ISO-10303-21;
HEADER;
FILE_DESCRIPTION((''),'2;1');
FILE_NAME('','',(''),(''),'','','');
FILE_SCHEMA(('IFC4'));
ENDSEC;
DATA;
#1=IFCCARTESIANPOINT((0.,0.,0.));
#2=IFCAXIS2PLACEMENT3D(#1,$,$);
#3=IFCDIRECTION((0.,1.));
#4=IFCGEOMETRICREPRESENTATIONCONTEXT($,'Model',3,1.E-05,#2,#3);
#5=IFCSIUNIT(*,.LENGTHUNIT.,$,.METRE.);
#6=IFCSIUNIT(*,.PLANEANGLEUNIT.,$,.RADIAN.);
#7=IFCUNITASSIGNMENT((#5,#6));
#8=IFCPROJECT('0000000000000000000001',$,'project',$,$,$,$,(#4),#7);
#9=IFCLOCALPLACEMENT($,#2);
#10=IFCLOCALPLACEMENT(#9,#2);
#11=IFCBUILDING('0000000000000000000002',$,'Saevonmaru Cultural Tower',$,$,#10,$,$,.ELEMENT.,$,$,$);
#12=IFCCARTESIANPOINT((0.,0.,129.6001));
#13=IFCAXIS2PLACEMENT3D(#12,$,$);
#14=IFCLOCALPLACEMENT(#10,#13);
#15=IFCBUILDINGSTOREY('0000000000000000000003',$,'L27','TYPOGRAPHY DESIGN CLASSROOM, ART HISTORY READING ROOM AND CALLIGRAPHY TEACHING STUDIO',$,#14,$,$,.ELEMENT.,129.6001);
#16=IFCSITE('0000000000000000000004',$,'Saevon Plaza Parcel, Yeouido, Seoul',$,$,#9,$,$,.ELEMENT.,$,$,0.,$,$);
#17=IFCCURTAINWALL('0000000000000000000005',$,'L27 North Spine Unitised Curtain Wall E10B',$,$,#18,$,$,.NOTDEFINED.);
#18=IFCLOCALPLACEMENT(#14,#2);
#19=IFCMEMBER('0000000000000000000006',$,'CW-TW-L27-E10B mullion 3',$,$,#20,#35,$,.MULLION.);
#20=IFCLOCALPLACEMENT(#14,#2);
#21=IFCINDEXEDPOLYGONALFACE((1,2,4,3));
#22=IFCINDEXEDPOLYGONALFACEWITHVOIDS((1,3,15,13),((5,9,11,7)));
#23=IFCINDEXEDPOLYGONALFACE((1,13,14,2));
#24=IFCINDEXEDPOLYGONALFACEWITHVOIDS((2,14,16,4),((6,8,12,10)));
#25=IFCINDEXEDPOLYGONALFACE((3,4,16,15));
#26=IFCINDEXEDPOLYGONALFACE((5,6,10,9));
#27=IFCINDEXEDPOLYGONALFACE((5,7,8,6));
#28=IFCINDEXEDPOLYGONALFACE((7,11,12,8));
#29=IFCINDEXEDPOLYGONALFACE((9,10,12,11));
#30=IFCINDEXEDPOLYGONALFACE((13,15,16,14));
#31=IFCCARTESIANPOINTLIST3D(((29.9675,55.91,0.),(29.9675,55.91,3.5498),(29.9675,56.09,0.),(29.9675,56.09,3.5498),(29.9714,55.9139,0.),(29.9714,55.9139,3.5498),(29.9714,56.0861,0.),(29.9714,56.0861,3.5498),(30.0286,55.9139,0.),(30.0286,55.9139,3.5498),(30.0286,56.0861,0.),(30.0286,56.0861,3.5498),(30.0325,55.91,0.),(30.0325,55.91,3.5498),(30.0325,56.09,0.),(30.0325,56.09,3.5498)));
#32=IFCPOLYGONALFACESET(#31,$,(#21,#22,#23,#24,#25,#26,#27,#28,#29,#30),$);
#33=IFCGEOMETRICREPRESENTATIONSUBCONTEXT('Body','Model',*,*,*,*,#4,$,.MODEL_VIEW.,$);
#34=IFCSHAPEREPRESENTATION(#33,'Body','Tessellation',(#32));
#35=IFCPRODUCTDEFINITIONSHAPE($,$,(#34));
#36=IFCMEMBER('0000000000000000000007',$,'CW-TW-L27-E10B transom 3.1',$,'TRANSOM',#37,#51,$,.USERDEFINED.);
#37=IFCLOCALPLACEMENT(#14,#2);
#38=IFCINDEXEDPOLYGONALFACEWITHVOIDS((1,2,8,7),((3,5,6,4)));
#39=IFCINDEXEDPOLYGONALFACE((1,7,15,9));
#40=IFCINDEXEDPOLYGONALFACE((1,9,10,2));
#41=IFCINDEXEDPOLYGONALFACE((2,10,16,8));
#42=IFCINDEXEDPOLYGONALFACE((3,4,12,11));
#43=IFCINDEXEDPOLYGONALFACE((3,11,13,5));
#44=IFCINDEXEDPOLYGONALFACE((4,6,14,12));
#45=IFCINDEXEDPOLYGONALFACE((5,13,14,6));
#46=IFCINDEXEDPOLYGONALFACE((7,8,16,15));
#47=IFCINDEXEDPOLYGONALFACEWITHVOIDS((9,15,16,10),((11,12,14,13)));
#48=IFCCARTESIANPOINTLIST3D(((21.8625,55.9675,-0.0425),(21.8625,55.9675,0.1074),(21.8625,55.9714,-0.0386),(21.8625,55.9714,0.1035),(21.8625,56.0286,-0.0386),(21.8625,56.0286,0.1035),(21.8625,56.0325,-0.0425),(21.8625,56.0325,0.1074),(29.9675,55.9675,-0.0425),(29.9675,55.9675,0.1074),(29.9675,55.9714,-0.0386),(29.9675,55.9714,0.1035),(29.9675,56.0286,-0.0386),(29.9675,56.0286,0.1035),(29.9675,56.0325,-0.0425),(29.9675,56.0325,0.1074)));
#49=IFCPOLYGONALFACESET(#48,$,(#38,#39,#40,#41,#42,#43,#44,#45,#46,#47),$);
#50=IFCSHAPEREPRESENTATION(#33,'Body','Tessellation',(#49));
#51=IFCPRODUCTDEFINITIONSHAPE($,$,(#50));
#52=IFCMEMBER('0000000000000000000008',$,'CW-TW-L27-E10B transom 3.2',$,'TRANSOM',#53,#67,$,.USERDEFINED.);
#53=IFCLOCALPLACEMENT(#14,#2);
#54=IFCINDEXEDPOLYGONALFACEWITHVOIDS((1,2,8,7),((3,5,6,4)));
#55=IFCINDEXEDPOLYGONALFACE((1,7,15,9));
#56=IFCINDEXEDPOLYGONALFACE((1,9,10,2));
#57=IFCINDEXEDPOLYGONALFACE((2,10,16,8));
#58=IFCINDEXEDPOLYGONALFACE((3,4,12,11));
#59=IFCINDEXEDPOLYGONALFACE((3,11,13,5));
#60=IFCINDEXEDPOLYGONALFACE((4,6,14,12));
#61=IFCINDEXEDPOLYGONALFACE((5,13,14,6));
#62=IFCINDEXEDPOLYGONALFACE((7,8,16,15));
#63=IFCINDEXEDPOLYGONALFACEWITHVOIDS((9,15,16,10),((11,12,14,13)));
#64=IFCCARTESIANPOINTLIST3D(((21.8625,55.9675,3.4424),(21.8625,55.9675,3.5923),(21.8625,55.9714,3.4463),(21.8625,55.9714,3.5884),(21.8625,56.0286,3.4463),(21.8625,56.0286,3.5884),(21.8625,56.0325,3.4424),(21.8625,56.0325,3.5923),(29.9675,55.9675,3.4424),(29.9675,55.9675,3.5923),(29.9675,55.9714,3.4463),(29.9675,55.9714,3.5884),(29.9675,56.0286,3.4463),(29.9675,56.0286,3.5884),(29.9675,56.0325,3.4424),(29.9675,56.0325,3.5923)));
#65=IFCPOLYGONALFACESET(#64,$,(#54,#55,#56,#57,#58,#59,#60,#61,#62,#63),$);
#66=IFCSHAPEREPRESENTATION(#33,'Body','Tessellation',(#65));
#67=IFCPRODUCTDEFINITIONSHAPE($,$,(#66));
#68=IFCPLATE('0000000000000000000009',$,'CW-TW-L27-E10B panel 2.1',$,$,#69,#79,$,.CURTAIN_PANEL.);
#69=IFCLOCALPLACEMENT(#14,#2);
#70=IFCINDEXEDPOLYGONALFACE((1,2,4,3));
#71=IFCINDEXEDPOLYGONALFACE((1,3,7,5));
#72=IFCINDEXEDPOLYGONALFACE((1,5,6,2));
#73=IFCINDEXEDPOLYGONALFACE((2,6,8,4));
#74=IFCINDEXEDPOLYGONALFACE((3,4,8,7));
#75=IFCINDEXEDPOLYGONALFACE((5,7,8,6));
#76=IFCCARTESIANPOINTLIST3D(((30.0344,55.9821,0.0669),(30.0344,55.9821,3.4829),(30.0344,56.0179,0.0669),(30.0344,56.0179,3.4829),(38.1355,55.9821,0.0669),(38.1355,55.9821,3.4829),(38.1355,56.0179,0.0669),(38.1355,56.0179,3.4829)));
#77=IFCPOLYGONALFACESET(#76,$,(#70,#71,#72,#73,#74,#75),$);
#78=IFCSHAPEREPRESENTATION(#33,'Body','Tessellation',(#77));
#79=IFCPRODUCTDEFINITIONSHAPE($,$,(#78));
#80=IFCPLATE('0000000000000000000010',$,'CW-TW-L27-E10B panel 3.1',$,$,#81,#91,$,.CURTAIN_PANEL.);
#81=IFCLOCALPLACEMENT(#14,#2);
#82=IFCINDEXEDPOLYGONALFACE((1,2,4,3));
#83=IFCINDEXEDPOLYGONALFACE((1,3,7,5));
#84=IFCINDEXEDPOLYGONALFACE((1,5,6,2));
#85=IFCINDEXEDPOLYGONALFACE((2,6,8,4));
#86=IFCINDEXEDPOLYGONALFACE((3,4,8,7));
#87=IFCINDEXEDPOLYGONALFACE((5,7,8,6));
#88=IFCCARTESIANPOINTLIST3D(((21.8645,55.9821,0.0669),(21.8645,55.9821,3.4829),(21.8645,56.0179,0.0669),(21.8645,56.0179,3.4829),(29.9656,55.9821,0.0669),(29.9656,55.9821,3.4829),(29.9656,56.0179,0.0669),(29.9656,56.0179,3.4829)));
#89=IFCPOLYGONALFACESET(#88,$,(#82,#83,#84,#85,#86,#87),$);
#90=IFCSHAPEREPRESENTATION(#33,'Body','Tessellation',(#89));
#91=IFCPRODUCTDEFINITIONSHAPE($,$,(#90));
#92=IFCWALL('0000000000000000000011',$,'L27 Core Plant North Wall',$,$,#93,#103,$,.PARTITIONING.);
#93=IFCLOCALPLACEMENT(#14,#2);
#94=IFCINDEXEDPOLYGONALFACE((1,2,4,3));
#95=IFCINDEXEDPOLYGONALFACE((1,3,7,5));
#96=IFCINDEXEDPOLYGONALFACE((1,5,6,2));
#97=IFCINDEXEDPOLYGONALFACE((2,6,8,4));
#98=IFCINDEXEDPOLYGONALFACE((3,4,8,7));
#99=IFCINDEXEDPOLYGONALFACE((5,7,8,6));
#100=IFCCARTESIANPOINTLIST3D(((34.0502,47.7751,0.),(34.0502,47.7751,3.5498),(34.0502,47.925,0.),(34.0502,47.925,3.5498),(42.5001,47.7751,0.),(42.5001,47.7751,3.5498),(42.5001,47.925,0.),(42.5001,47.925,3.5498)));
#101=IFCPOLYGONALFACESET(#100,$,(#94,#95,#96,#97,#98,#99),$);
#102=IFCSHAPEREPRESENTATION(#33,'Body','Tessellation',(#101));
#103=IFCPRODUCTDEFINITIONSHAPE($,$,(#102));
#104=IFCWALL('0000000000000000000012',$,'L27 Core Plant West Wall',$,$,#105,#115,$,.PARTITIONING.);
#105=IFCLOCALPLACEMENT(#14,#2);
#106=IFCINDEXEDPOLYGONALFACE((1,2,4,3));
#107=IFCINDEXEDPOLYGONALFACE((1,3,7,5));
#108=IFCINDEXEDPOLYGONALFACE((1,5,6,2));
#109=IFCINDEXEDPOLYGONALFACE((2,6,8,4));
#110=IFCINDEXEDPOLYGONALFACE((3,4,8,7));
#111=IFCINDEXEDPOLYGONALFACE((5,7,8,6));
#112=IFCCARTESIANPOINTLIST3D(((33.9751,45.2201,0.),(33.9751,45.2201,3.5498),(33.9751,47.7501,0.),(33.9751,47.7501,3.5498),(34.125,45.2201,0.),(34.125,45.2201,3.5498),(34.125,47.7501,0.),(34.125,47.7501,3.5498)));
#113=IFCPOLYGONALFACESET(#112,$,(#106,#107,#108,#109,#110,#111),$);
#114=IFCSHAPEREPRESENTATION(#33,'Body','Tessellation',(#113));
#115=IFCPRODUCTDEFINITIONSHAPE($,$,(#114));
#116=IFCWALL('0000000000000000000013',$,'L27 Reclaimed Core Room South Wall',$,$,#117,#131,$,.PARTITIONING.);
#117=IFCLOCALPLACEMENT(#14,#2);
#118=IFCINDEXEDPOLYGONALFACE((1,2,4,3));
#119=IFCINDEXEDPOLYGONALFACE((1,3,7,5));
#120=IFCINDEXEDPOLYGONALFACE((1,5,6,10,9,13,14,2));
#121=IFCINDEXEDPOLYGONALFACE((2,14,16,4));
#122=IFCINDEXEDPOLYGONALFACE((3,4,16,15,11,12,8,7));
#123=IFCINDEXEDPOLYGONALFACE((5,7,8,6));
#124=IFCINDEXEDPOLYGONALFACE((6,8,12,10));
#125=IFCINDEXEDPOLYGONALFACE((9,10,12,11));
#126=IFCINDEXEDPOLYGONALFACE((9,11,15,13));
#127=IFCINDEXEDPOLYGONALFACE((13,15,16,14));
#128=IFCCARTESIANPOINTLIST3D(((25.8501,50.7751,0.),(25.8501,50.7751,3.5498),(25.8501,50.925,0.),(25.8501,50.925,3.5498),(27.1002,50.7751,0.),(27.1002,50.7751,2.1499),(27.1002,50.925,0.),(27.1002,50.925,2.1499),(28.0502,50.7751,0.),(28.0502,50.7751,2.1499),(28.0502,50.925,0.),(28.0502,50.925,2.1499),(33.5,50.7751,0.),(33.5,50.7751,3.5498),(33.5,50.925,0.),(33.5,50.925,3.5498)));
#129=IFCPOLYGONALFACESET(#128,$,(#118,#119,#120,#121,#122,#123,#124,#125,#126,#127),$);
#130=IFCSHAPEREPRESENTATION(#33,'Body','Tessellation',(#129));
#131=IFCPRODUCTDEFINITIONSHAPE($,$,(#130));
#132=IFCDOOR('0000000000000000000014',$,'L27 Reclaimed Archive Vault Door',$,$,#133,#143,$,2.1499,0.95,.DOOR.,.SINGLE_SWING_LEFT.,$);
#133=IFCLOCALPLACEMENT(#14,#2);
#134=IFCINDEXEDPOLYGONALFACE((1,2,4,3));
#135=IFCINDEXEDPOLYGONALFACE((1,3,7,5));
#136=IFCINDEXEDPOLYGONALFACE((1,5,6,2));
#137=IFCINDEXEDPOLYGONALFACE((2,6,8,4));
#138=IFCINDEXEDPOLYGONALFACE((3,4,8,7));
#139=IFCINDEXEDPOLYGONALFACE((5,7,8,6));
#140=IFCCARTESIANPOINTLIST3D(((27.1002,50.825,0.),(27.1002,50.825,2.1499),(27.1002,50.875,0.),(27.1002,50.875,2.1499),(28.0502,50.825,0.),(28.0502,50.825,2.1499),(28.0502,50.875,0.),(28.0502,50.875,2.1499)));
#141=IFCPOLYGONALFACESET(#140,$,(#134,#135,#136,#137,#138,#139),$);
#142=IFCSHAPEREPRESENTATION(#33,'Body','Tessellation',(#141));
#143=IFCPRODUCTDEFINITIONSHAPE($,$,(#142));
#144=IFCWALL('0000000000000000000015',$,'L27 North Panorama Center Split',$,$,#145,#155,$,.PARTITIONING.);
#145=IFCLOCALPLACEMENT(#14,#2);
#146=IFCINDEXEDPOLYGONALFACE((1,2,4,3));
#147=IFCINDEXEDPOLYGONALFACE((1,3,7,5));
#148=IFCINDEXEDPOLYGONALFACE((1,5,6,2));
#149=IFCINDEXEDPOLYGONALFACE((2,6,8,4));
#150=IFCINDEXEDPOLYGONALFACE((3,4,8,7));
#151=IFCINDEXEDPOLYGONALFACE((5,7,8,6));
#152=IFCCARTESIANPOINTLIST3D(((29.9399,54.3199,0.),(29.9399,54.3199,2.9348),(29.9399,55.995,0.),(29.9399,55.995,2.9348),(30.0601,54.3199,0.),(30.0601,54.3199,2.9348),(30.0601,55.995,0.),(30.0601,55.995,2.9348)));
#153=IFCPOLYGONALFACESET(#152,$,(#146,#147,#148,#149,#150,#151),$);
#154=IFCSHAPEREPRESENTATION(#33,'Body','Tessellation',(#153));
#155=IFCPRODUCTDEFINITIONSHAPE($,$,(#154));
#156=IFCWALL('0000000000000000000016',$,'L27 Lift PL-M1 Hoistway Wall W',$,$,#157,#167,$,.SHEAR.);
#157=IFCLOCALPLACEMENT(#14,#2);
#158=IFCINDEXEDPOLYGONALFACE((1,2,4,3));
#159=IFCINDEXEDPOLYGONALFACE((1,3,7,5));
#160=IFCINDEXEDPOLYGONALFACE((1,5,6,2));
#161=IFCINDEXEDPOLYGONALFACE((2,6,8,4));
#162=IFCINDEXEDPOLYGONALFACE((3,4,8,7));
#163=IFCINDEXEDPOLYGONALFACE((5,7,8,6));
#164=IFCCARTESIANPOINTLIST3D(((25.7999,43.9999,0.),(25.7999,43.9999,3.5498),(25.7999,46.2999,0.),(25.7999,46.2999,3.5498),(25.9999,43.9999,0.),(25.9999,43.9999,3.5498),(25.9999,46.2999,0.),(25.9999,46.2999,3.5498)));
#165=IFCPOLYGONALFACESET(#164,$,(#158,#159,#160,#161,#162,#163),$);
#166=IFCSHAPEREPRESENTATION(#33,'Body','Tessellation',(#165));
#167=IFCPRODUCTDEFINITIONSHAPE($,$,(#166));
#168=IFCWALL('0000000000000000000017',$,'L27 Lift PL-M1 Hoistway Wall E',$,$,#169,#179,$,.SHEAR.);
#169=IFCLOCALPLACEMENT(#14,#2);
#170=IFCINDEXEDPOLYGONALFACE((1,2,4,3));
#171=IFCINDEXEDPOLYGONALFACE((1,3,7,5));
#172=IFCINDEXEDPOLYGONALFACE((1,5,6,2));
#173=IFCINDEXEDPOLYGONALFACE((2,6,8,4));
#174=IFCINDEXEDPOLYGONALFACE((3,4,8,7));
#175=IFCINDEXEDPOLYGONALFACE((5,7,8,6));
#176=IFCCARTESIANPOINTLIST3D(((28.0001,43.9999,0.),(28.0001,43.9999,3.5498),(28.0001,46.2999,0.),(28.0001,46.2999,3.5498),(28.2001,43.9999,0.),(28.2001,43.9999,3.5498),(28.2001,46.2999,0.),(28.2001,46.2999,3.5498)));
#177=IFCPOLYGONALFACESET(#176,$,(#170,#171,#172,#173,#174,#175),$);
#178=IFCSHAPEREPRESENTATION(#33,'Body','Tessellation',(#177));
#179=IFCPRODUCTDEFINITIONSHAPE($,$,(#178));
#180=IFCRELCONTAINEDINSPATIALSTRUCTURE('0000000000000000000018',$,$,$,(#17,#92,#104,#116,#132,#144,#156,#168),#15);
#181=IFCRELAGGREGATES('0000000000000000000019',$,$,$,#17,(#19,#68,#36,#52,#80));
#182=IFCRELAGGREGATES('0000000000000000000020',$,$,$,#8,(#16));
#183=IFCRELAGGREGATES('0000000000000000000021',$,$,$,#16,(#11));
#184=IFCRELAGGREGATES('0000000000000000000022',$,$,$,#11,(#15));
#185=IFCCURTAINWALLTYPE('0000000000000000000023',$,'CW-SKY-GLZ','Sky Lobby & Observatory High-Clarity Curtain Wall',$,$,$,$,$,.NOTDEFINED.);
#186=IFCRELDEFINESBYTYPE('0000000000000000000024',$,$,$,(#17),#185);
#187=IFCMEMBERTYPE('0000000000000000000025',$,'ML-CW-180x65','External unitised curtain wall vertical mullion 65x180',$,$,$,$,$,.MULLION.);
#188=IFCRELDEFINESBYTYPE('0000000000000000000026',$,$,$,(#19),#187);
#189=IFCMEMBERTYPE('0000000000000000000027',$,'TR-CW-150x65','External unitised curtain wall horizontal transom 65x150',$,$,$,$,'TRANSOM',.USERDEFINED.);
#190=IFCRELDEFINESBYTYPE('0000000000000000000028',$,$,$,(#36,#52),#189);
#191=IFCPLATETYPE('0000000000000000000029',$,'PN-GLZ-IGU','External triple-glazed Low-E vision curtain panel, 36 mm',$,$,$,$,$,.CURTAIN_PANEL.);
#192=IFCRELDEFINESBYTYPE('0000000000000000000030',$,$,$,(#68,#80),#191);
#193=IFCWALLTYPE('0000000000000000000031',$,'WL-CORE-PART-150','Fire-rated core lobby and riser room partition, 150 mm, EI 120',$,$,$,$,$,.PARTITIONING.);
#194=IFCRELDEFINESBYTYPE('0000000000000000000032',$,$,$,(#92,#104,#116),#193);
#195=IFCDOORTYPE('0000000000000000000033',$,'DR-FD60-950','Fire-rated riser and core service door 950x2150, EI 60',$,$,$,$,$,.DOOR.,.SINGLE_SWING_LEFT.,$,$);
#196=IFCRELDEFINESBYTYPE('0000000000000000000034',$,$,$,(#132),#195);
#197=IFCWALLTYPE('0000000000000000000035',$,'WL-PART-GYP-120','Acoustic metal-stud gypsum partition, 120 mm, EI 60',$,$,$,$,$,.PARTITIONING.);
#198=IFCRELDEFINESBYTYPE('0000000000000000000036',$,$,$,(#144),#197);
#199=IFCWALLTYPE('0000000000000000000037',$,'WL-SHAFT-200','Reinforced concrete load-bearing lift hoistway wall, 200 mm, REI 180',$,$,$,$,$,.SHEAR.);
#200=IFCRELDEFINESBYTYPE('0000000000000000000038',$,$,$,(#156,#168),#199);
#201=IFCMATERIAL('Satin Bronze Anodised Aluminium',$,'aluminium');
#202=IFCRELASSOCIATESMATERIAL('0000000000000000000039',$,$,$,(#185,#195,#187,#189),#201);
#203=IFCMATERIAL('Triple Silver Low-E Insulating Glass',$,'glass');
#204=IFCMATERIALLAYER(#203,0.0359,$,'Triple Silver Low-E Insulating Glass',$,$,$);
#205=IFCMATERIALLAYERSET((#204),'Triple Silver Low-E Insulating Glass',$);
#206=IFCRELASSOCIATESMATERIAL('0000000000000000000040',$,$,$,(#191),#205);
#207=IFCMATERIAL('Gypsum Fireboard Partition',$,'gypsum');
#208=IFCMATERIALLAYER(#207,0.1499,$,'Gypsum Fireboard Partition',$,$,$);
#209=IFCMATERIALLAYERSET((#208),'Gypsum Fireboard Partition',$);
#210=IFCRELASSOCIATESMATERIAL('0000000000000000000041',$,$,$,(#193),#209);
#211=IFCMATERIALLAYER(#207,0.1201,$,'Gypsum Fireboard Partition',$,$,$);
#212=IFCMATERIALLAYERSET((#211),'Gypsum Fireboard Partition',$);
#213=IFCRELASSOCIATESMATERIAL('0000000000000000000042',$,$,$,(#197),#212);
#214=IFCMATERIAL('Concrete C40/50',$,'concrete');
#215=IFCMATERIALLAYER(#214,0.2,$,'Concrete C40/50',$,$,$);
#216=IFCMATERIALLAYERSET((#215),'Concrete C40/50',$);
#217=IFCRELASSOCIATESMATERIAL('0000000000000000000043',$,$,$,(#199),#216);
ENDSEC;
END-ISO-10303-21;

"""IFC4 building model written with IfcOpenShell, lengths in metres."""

from ifc_helpers import new_model, si_unit, direction, frame, frame_2d, origin, origin_2d, place, context, subcontext, project, spatial, rectangle, hollow_rectangle, extrude, material, layer, layer_set, material_profile, profile_set, type_object, element, fill, aggregate, save


model = new_model("IFC4")

# Units and contexts
model_context = context("Model", 3, precision=1e-05, world=origin(), true_north=direction((0.0, 1.0)))
body_context = subcontext(model_context, "Body", "Model", "MODEL_VIEW")
ifc_project = project(units=[si_unit("LENGTHUNIT", "METRE"), si_unit("PLANEANGLEUNIT", "RADIAN")], contexts=[model_context])

# Site, building, storey
site_placement = place(None, origin())
site = spatial("IfcSite", under=ifc_project, at=site_placement, Name="Saevon Plaza Parcel, Yeouido, Seoul", CompositionType="ELEMENT", RefElevation=0.0)
building_placement = place(site_placement, origin())
building = spatial("IfcBuilding", under=site, at=building_placement, Name="Saevonmaru Cultural Tower", CompositionType="ELEMENT")
storey_placement = place(building_placement, frame((0.0, 0.0, 129.6001)))
storey = spatial("IfcBuildingStorey", under=building, at=storey_placement, Name="L27", Description="TYPOGRAPHY DESIGN CLASSROOM, ART HISTORY READING ROOM AND CALLIGRAPHY TEACHING STUDIO", CompositionType="ELEMENT", Elevation=129.6001)

# Curtain wall, members, plates
ifc_material_1 = material(Name="Satin Bronze Anodised Aluminium", Category="aluminium")
curtain_wall_type = type_object("IfcCurtainWallType", Name="CW-SKY-GLZ", Description="Sky Lobby & Observatory High-Clarity Curtain Wall", PredefinedType="NOTDEFINED", material=ifc_material_1)
curtain_wall_placement = place(storey_placement, origin())
curtain_wall = element("IfcCurtainWall", 1, at=curtain_wall_placement, inside=storey, type_object=curtain_wall_type, Name="L27 North Spine Unitised Curtain Wall E10B", PredefinedType="NOTDEFINED")
ifc_material_profile_1 = material_profile(ifc_material_1, hollow_rectangle(XDim=0.0649, YDim=0.1799, WallThickness=0.0039, at=origin_2d()), Name="ALU-MULL-180x65x4")
ifc_profile_set_1 = profile_set([ifc_material_profile_1], Name="Satin Bronze Anodised Aluminium")
member_type_1 = type_object("IfcMemberType", Name="ML-CW-180x65", Description="External unitised curtain wall vertical mullion 65x180", PredefinedType="MULLION", material=ifc_profile_set_1)
member_1_placement = place(storey_placement, frame((30.0, 56.0, 0.0), z_axis=(0.0, 0.0, 1.0), x_axis=(-1.0, 0.0, 0.0)))
member_1 = element("IfcMember", 2, at=member_1_placement, type_object=member_type_1, Name="CW-TW-L27-E10B mullion 3", PredefinedType="MULLION", context=body_context, shape_type="SweptSolid", body=[
    extrude(hollow_rectangle(XDim=0.0649, YDim=0.1799, WallThickness=0.0039, at=origin_2d()), origin(), (0.0, 0.0, 1.0), 3.5498),
])
ifc_material_profile_2 = material_profile(ifc_material_1, hollow_rectangle(XDim=0.0649, YDim=0.1499, WallThickness=0.0039, at=origin_2d()), Name="ALU-TRAN-150x65x4")
ifc_profile_set_2 = profile_set([ifc_material_profile_2], Name="Satin Bronze Anodised Aluminium")
member_type_2 = type_object("IfcMemberType", Name="TR-CW-150x65", Description="External unitised curtain wall horizontal transom 65x150", ElementType="TRANSOM", PredefinedType="USERDEFINED", material=ifc_profile_set_2)
member_2_placement = place(storey_placement, frame((29.9675, 56.0, 0.0325), z_axis=(-1.0, 0.0, 0.0), x_axis=(0.0, -1.0, 0.0)))
member_2 = element("IfcMember", 3, at=member_2_placement, type_object=member_type_2, Name="CW-TW-L27-E10B transom 3.1", ObjectType="TRANSOM", PredefinedType="USERDEFINED", context=body_context, shape_type="SweptSolid", body=[
    extrude(hollow_rectangle(XDim=0.0649, YDim=0.1499, WallThickness=0.0039, at=origin_2d()), origin(), (0.0, 0.0, 1.0), 8.105),
])
member_3_placement = place(storey_placement, frame((29.9675, 56.0, 3.5173), z_axis=(-1.0, 0.0, 0.0), x_axis=(0.0, -1.0, 0.0)))
member_3 = element("IfcMember", 4, at=member_3_placement, type_object=member_type_2, Name="CW-TW-L27-E10B transom 3.2", ObjectType="TRANSOM", PredefinedType="USERDEFINED", context=body_context, shape_type="SweptSolid", body=[
    extrude(hollow_rectangle(XDim=0.0649, YDim=0.1499, WallThickness=0.0039, at=origin_2d()), origin(), (0.0, 0.0, 1.0), 8.105),
])
ifc_material_2 = material(Name="Triple Silver Low-E Insulating Glass", Category="glass")
ifc_layer_1 = layer(ifc_material_2, 0.0359, Name="Triple Silver Low-E Insulating Glass")
ifc_layer_set_1 = layer_set([ifc_layer_1], Name="Triple Silver Low-E Insulating Glass")
plate_type = type_object("IfcPlateType", Name="PN-GLZ-IGU", Description="External triple-glazed Low-E vision curtain panel, 36 mm", PredefinedType="CURTAIN_PANEL", material=ifc_layer_set_1)
plate_1_placement = place(storey_placement, frame((34.085, 56.0, 0.0669), z_axis=(0.0, 0.0, 1.0), x_axis=(-1.0, 0.0, 0.0)))
plate_1 = element("IfcPlate", 5, at=plate_1_placement, type_object=plate_type, Name="CW-TW-L27-E10B panel 2.1", PredefinedType="CURTAIN_PANEL", context=body_context, shape_type="SweptSolid", body=[
    extrude(rectangle(XDim=8.1011, YDim=0.0359, at=origin_2d()), origin(), (0.0, 0.0, 1.0), 3.416),
])
plate_2_placement = place(storey_placement, frame((25.915, 56.0, 0.0669), z_axis=(0.0, 0.0, 1.0), x_axis=(-1.0, 0.0, 0.0)))
plate_2 = element("IfcPlate", 6, at=plate_2_placement, type_object=plate_type, Name="CW-TW-L27-E10B panel 3.1", PredefinedType="CURTAIN_PANEL", context=body_context, shape_type="SweptSolid", body=[
    extrude(rectangle(XDim=8.1011, YDim=0.0359, at=origin_2d()), origin(), (0.0, 0.0, 1.0), 3.416),
])
aggregate(curtain_wall, [member_1, plate_1, member_2, member_3, plate_2])

# Shared definitions
ifc_material_3 = material(Name="Gypsum Fireboard Partition", Category="gypsum")
ifc_layer_2 = layer(ifc_material_3, 0.1499, Name="Gypsum Fireboard Partition")
ifc_layer_set_2 = layer_set([ifc_layer_2], Name="Gypsum Fireboard Partition")
wall_type_1 = type_object("IfcWallType", Name="WL-CORE-PART-150", Description="Fire-rated core lobby and riser room partition, 150 mm, EI 120", PredefinedType="PARTITIONING", material=ifc_layer_set_2)

# Shared definitions
door_type_1 = type_object("IfcDoorType", Name="DR-FD60-950", Description="Fire-rated riser and core service door 950x2150, EI 60", OperationType="SINGLE_SWING_LEFT", PredefinedType="DOOR", material=ifc_material_1)

# Walls
wall_1_placement = place(storey_placement, frame((34.05, 47.8501, 0.0), z_axis=(0.0, 0.0, 1.0), x_axis=(1.0, 0.0, 0.0)))
element("IfcWall", 7, at=wall_1_placement, inside=storey, type_object=wall_type_1, Name="L27 Core Plant North Wall", PredefinedType="PARTITIONING", context=body_context, shape_type="SweptSolid", body=[
    extrude(rectangle(XDim=8.45, YDim=0.1499, at=frame_2d((4.2251, 0.0))), origin(), (0.0, 0.0, 1.0), 3.5498),
])
wall_2_placement = place(storey_placement, frame((34.05, 45.22, 0.0), z_axis=(0.0, 0.0, 1.0), x_axis=(0.0, 1.0, 0.0)))
element("IfcWall", 8, at=wall_2_placement, inside=storey, type_object=wall_type_1, Name="L27 Core Plant West Wall", PredefinedType="PARTITIONING", context=body_context, shape_type="SweptSolid", body=[
    extrude(rectangle(XDim=2.53, YDim=0.1499, at=frame_2d((1.2651, 0.0))), origin(), (0.0, 0.0, 1.0), 3.5498),
])

# Wall, opening, door
wall_3_placement = place(storey_placement, frame((25.8501, 50.8501, 0.0), z_axis=(0.0, 0.0, 1.0), x_axis=(1.0, 0.0, 0.0)))
wall_3 = element("IfcWall", 9, at=wall_3_placement, inside=storey, type_object=wall_type_1, Name="L27 Reclaimed Core Room South Wall", PredefinedType="PARTITIONING", context=body_context, shape_type="SweptSolid", body=[
    extrude(rectangle(XDim=7.6499, YDim=0.1499, at=frame_2d((3.825, 0.0))), origin(), (0.0, 0.0, 1.0), 3.5498),
])
opening_1_placement = place(wall_3_placement, frame((1.25, 0.0, 0.0)))
opening_1 = element("IfcOpeningElement", 10, at=opening_1_placement, cuts=wall_3, PredefinedType="OPENING", context=body_context, shape_type="SweptSolid", body=[
    extrude(rectangle(XDim=0.95, YDim=2.1499, at=frame_2d((0.4751, 1.075))), frame((0.0, 0.085, 0.0), z_axis=(0.0, -1.0, 0.0), x_axis=(1.0, 0.0, 0.0)), (0.0, 0.0, 1.0), 0.1699),
])
door_1_placement = place(opening_1_placement, origin())
door_1 = element("IfcDoor", 11, at=door_1_placement, inside=storey, type_object=door_type_1, Name="L27 Reclaimed Archive Vault Door", OperationType="SINGLE_SWING_LEFT", OverallHeight=2.1499, OverallWidth=0.95, PredefinedType="DOOR", context=body_context, shape_type="SweptSolid", body=[
    extrude(rectangle(XDim=0.95, YDim=2.1499, at=frame_2d((0.4751, 1.075))), frame((0.0, 0.0249, 0.0), z_axis=(0.0, -1.0, 0.0), x_axis=(1.0, 0.0, 0.0)), (0.0, 0.0, 1.0), 0.05),
])
fill(opening_1, door_1)

# Walls
ifc_layer_3 = layer(ifc_material_3, 0.1201, Name="Gypsum Fireboard Partition")
ifc_layer_set_3 = layer_set([ifc_layer_3], Name="Gypsum Fireboard Partition")
wall_type_2 = type_object("IfcWallType", Name="WL-PART-GYP-120", Description="Acoustic metal-stud gypsum partition, 120 mm, EI 60", PredefinedType="PARTITIONING", material=ifc_layer_set_3)
wall_4_placement = place(storey_placement, frame((30.0, 54.3201, 0.0), z_axis=(0.0, 0.0, 1.0), x_axis=(0.0, 1.0, 0.0)))
element("IfcWall", 12, at=wall_4_placement, inside=storey, type_object=wall_type_2, Name="L27 North Panorama Center Split", PredefinedType="PARTITIONING", context=body_context, shape_type="SweptSolid", body=[
    extrude(rectangle(XDim=1.675, YDim=0.1201, at=frame_2d((0.8374, 0.0))), origin(), (0.0, 0.0, 1.0), 2.9348),
])
ifc_material_4 = material(Name="Concrete C40/50", Category="concrete")
ifc_layer_4 = layer(ifc_material_4, 0.2, Name="Concrete C40/50")
ifc_layer_set_4 = layer_set([ifc_layer_4], Name="Concrete C40/50")
wall_type_3 = type_object("IfcWallType", Name="WL-SHAFT-200", Description="Reinforced concrete load-bearing lift hoistway wall, 200 mm, REI 180", PredefinedType="SHEAR", material=ifc_layer_set_4)
for number, where, z_axis, x_axis, name in (
    (13, (25.8999, 44.0, 0.0), (0.0, 0.0, 1.0), (0.0, 1.0, 0.0), "L27 Lift PL-M1 Hoistway Wall W"),
    (14, (28.1001, 44.0, 0.0), (0.0, 0.0, 1.0), (0.0, 1.0, 0.0), "L27 Lift PL-M1 Hoistway Wall E"),
):
    element("IfcWall", number, at=place(storey_placement, frame(where, z_axis=z_axis, x_axis=x_axis)), inside=storey, type_object=wall_type_3, Name=name, PredefinedType="SHEAR", context=body_context, shape_type="SweptSolid", body=[
        extrude(rectangle(XDim=2.3, YDim=0.2, at=frame_2d((1.1499, 0.0))), origin(), (0.0, 0.0, 1.0), 3.5498),
    ])

save(model, "model.ifc")
